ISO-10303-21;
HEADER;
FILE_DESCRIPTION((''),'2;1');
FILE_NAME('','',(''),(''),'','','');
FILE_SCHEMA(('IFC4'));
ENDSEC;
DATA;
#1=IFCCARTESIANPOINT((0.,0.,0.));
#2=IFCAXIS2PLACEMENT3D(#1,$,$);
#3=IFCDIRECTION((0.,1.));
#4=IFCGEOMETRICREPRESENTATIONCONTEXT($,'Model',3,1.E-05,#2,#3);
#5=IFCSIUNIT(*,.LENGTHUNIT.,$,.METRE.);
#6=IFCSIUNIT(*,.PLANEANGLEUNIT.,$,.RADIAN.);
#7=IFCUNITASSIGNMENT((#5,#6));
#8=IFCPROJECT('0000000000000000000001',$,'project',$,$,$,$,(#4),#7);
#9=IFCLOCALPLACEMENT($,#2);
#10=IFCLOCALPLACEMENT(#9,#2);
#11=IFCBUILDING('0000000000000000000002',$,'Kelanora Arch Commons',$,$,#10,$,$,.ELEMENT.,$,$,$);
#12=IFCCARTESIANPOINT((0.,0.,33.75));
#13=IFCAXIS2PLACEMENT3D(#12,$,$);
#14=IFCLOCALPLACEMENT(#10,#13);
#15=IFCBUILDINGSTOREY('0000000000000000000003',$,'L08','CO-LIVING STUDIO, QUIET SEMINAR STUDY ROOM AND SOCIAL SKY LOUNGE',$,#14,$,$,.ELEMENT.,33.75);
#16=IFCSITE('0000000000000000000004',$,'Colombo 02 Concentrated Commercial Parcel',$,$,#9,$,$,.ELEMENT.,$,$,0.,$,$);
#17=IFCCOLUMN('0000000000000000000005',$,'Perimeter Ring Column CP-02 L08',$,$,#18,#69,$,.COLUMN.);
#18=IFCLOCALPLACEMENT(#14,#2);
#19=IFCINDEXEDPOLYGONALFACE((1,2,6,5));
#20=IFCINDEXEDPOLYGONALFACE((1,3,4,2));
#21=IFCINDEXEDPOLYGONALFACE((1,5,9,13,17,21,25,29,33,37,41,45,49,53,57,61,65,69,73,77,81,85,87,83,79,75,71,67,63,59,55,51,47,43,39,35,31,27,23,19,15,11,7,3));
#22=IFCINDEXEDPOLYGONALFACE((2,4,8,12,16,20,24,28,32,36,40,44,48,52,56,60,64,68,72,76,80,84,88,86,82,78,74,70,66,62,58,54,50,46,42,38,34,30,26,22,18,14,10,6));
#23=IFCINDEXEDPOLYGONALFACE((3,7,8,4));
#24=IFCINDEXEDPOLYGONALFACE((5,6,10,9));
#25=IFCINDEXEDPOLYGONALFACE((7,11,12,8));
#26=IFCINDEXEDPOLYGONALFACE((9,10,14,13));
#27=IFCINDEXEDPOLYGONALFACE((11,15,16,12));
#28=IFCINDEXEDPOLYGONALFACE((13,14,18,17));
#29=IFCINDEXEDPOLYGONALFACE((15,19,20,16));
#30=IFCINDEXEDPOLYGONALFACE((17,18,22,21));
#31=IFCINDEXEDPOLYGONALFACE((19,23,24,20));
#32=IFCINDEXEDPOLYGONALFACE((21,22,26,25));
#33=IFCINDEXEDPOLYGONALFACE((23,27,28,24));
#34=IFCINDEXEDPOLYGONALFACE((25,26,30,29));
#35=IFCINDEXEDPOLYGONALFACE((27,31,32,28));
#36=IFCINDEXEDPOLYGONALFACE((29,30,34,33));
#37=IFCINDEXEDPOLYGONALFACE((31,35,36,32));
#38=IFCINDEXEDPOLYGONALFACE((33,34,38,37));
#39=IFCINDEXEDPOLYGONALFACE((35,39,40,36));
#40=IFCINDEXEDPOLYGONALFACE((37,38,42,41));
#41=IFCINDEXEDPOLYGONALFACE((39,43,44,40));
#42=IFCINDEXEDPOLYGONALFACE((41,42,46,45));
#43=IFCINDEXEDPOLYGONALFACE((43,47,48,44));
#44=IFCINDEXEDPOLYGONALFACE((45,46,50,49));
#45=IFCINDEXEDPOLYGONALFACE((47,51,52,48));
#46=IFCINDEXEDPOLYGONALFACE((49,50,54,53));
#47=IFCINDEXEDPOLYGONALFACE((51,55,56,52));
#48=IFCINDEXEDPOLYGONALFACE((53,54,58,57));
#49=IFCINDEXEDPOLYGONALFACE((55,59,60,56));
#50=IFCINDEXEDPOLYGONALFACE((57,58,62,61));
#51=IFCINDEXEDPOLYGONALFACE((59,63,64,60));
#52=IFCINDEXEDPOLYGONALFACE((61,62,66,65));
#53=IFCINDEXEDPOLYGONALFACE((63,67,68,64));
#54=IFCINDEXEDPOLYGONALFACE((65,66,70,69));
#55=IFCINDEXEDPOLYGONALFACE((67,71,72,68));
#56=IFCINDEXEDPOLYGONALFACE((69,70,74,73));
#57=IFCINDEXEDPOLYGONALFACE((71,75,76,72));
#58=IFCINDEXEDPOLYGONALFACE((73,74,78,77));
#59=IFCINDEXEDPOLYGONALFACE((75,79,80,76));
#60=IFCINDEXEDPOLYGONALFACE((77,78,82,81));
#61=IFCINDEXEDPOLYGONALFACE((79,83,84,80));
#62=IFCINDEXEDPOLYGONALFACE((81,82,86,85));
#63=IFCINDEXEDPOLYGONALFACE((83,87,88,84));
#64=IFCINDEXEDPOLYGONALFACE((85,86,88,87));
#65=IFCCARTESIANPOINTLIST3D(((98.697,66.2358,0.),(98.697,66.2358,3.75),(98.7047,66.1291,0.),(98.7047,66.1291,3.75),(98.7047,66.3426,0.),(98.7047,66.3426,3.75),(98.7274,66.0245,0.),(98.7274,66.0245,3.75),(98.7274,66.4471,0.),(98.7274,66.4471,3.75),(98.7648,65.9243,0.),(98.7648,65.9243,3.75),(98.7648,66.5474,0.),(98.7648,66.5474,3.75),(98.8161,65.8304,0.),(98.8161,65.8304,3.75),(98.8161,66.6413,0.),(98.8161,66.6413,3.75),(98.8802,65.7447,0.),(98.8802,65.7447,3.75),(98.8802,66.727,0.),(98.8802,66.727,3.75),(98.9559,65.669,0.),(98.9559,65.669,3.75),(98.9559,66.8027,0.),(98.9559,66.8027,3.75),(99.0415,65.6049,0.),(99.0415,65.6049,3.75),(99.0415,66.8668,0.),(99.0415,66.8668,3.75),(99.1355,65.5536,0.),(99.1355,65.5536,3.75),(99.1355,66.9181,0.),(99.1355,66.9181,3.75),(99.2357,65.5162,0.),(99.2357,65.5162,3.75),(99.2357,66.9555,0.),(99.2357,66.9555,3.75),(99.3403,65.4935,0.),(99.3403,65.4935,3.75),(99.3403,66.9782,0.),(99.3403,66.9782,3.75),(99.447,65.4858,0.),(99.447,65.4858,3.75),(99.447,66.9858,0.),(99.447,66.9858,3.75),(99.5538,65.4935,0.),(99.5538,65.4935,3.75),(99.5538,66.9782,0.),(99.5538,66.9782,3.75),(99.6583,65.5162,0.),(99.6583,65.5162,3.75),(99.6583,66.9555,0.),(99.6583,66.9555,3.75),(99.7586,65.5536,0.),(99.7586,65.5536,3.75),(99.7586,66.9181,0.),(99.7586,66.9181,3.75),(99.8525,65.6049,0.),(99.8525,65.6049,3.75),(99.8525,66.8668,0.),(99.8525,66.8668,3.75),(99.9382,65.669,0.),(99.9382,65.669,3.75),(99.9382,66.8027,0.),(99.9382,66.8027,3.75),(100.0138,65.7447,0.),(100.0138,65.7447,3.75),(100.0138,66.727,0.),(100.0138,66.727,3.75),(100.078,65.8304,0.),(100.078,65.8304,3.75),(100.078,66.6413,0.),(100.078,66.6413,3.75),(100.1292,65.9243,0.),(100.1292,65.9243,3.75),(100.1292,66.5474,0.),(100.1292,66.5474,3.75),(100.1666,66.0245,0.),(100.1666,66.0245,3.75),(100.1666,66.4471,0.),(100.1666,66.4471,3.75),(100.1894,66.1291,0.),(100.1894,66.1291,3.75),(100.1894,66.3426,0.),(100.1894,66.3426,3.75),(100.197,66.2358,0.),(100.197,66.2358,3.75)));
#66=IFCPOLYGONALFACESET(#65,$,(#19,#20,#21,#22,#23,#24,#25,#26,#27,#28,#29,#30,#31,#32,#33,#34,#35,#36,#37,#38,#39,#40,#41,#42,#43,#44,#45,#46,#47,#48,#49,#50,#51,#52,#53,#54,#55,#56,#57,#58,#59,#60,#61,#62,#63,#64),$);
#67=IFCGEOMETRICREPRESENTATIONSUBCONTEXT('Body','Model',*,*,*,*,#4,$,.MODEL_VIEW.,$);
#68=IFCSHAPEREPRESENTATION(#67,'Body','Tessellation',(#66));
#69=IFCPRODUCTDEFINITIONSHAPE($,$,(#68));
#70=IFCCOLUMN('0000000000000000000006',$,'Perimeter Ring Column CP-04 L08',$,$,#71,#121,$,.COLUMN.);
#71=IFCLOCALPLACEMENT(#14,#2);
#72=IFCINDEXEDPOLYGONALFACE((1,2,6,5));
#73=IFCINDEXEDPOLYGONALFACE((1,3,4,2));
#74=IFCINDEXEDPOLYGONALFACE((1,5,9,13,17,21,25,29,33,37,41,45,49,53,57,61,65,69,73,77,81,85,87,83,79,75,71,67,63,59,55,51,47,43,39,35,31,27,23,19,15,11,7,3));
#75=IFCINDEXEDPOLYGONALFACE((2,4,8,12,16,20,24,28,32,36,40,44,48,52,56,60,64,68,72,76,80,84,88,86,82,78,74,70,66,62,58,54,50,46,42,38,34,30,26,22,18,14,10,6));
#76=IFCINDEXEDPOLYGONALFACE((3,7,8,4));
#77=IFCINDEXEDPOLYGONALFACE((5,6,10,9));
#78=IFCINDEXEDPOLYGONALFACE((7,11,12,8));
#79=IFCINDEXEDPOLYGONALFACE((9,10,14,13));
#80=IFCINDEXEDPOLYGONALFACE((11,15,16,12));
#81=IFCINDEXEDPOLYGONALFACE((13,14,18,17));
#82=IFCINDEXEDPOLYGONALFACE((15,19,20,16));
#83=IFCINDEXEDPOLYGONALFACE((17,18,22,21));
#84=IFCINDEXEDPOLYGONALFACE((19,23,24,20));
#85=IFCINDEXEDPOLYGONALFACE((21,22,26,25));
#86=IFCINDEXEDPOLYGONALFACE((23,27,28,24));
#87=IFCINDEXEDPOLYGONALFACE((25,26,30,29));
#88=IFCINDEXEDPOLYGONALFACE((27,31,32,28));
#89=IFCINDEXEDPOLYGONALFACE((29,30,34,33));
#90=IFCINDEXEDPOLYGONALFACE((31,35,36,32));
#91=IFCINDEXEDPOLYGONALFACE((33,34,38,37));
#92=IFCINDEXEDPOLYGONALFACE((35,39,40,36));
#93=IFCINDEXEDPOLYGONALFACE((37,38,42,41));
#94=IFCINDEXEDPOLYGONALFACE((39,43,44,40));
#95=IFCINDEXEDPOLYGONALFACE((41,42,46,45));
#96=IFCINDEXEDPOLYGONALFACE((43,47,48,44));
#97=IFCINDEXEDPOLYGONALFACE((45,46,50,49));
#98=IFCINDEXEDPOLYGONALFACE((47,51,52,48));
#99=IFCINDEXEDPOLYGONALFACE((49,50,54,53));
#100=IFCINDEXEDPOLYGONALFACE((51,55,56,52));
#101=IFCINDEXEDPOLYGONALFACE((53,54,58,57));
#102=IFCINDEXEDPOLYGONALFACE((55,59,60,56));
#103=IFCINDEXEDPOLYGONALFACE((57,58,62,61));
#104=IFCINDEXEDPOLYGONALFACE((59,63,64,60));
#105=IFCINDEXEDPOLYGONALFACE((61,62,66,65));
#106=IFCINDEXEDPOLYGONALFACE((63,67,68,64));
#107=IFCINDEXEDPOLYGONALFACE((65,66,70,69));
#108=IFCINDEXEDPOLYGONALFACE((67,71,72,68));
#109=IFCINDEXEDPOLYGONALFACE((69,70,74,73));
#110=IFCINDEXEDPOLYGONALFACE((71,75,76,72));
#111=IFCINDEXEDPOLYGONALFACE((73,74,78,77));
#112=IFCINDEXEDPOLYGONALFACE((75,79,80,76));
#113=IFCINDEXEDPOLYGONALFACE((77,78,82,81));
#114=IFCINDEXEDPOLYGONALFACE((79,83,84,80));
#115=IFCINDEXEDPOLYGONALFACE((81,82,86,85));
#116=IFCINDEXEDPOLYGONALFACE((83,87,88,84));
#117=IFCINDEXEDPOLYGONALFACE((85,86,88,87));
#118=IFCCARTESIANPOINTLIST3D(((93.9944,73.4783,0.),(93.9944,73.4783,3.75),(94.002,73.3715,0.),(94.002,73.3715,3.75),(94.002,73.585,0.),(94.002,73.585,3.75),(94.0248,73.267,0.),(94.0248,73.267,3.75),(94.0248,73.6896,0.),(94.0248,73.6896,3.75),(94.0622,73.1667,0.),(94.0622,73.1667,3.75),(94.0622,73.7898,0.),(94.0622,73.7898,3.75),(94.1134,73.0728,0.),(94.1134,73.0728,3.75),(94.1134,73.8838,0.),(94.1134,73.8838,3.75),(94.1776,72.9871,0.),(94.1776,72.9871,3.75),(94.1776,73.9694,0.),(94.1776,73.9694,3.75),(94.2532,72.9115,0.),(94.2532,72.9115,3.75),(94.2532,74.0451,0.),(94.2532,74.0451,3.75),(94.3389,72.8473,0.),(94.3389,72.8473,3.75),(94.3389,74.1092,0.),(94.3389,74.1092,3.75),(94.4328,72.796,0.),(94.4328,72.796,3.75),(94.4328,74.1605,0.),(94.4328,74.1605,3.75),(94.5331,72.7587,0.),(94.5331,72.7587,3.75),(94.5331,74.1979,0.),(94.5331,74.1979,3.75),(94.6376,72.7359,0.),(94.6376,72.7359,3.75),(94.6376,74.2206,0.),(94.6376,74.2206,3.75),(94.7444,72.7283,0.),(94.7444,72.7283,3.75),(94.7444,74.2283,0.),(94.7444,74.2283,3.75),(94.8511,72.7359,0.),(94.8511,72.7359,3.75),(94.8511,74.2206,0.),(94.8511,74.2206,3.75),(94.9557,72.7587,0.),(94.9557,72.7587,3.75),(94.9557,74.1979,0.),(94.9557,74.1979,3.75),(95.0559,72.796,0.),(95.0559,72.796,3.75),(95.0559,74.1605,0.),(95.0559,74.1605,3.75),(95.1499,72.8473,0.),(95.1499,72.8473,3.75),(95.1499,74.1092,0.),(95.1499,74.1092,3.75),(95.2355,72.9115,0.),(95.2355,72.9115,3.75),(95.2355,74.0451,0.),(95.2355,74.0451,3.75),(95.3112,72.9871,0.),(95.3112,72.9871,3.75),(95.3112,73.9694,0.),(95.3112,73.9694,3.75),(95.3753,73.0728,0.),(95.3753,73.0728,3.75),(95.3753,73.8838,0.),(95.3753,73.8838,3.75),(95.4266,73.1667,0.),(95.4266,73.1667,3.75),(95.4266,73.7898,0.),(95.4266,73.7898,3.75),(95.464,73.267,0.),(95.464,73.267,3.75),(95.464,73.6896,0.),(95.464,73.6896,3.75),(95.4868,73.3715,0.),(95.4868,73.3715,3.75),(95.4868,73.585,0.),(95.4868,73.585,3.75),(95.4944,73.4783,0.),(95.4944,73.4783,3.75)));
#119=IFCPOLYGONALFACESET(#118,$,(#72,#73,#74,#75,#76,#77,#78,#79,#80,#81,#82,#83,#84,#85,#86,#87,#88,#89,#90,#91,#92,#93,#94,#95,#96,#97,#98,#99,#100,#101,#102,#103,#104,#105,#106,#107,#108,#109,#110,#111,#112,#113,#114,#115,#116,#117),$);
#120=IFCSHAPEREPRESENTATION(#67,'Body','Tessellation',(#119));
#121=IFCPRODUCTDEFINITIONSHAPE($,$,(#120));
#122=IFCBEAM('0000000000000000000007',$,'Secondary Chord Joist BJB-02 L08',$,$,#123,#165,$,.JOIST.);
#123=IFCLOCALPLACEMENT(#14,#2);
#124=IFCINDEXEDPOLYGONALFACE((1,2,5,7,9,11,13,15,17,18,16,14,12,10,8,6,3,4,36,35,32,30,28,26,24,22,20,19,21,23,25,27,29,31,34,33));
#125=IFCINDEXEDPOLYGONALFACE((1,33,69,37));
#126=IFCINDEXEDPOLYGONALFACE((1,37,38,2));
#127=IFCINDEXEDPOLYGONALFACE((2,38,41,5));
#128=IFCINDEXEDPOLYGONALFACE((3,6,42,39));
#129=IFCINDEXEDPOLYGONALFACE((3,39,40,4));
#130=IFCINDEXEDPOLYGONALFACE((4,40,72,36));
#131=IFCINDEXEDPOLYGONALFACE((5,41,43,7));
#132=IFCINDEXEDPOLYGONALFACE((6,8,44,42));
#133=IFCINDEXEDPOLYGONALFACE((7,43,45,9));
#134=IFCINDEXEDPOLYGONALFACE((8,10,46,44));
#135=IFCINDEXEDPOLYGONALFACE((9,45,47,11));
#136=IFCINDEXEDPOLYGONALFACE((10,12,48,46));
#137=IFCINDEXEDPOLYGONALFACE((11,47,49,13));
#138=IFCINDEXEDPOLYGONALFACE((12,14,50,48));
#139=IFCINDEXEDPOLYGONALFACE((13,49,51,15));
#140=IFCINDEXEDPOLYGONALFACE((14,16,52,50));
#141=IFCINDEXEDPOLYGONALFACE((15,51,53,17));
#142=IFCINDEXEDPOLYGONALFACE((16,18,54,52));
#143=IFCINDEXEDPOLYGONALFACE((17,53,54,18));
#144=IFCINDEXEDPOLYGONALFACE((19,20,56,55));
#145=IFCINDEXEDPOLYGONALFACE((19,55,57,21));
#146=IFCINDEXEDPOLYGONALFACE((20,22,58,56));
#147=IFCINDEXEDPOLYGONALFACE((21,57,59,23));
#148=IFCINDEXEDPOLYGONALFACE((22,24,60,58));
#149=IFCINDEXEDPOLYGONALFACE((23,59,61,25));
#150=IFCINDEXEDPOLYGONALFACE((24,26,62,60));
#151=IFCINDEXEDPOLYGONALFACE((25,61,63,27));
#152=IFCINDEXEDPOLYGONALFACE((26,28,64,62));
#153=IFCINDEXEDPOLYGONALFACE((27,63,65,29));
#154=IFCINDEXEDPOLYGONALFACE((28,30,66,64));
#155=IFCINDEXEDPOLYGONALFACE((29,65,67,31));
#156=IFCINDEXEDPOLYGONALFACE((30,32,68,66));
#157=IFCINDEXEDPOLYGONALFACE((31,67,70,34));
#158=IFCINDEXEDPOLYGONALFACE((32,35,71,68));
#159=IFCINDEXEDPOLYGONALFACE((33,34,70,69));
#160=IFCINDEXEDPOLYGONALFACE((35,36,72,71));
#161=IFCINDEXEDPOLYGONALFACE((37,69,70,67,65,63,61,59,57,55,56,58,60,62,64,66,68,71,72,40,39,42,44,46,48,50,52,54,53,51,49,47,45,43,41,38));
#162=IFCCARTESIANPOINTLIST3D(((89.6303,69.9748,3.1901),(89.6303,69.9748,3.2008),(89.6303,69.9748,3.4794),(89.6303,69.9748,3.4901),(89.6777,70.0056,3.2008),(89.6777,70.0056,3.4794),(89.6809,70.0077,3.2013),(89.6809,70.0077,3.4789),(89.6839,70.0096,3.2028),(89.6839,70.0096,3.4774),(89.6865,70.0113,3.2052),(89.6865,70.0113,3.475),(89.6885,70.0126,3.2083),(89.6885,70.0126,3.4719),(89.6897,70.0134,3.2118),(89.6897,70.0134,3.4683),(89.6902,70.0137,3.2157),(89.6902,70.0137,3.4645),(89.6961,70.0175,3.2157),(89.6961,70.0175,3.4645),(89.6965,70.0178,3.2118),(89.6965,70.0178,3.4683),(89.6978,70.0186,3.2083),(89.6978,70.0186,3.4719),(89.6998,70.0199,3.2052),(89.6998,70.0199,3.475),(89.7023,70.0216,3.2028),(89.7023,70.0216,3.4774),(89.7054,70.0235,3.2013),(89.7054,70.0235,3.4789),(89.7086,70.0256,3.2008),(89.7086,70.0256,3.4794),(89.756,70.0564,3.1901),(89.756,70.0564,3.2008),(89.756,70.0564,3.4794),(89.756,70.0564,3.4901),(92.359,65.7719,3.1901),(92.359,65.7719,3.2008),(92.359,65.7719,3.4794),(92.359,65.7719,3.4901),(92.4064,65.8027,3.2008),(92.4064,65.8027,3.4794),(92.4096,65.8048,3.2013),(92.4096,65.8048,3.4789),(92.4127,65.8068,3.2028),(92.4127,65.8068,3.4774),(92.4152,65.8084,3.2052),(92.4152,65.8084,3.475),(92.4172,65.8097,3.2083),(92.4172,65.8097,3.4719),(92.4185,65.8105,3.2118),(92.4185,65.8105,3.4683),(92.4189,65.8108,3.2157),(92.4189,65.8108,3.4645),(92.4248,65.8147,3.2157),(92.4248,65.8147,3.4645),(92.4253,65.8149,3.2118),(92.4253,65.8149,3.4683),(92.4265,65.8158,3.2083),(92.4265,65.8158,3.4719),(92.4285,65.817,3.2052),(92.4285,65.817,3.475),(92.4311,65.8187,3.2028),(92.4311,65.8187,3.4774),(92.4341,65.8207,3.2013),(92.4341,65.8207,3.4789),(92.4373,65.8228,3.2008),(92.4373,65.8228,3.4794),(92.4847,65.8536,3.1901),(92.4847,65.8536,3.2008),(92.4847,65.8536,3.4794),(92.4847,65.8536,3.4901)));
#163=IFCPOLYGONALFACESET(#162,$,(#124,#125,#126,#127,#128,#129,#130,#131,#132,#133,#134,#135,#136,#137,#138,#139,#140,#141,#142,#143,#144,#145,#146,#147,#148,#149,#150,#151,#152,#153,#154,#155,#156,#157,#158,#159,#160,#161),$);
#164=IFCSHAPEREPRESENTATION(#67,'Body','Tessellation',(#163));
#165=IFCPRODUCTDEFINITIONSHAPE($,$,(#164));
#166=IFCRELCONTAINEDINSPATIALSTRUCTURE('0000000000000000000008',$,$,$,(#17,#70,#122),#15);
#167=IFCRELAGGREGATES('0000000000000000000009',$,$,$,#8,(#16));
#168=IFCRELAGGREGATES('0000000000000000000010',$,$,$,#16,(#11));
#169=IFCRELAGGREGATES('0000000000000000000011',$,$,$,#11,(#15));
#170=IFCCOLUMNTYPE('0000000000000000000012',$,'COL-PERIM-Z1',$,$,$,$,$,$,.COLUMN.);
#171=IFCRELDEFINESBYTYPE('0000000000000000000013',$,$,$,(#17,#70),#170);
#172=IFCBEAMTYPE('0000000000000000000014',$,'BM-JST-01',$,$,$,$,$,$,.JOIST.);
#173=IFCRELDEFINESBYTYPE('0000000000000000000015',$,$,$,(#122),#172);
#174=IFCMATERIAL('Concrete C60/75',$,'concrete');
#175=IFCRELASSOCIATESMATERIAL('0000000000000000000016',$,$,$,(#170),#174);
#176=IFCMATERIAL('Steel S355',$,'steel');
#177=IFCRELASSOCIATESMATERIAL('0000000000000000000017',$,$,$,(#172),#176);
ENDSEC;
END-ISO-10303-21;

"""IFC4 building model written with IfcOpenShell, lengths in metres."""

from ifc_helpers import new_model, si_unit, direction, frame, origin, origin_2d, place, context, subcontext, project, spatial, circle, i_section, extrude, material, material_profile, profile_set, type_object, element, save


model = new_model("IFC4")

# Units and contexts
model_context = context("Model", 3, precision=1e-05, world=origin(), true_north=direction((0.0, 1.0)))
body_context = subcontext(model_context, "Body", "Model", "MODEL_VIEW")
ifc_project = project(units=[si_unit("LENGTHUNIT", "METRE"), si_unit("PLANEANGLEUNIT", "RADIAN")], contexts=[model_context])

# Site, building, storey
site_placement = place(None, origin())
site = spatial("IfcSite", under=ifc_project, at=site_placement, Name="Colombo 02 Concentrated Commercial Parcel", CompositionType="ELEMENT", RefElevation=0.0)
building_placement = place(site_placement, origin())
building = spatial("IfcBuilding", under=site, at=building_placement, Name="Kelanora Arch Commons", CompositionType="ELEMENT")
storey_placement = place(building_placement, frame((0.0, 0.0, 33.75)))
storey = spatial("IfcBuildingStorey", under=building, at=storey_placement, Name="L08", Description="CO-LIVING STUDIO, QUIET SEMINAR STUDY ROOM AND SOCIAL SKY LOUNGE", CompositionType="ELEMENT", Elevation=33.75)

# Columns
ifc_material_1 = material(Name="Concrete C60/75", Category="concrete")
ifc_material_profile_1 = material_profile(ifc_material_1, circle(Radius=0.75, at=origin_2d()), Name="RCC1500")
ifc_profile_set_1 = profile_set([ifc_material_profile_1], Name="Concrete C60/75")
column_type = type_object("IfcColumnType", Name="COL-PERIM-Z1", PredefinedType="COLUMN", material=ifc_profile_set_1)
for number, where, z_axis, x_axis, name in (
    (1, (99.447, 66.2358, 0.0), (0.0, 0.0, 1.0), (1.0, 0.0, 0.0), "Perimeter Ring Column CP-02 L08"),
    (2, (94.7444, 73.4783, 0.0), (0.0, 0.0, 1.0), (1.0, 0.0, 0.0), "Perimeter Ring Column CP-04 L08"),
):
    element("IfcColumn", number, at=place(storey_placement, frame(where, z_axis=z_axis, x_axis=x_axis)), inside=storey, type_object=column_type, Name=name, PredefinedType="COLUMN", context=body_context, shape_type="SweptSolid", body=[
        extrude(circle(Radius=0.75, at=origin_2d()), origin(), (0.0, 0.0, 1.0), 3.75),
    ])

# Beam
ifc_material_2 = material(Name="Steel S355", Category="steel")
ifc_material_profile_2 = material_profile(ifc_material_2, i_section(OverallWidth=0.1499, OverallDepth=0.3, WebThickness=0.0071, FlangeThickness=0.0107, FilletRadius=0.0149, at=origin_2d()), Name="IPE300")
ifc_profile_set_2 = profile_set([ifc_material_profile_2], Name="Steel S355")
beam_type_1 = type_object("IfcBeamType", Name="BM-JST-01", PredefinedType="JOIST", material=ifc_profile_set_2)
beam_1_placement = place(storey_placement, frame((92.4219, 65.8127, 3.3401), z_axis=(-0.544552, 0.838727, 0.0), x_axis=(-0.838727, -0.544552, 0.0)))
element("IfcBeam", 3, at=beam_1_placement, inside=storey, type_object=beam_type_1, Name="Secondary Chord Joist BJB-02 L08", PredefinedType="JOIST", context=body_context, shape_type="SweptSolid", body=[
    extrude(i_section(OverallWidth=0.1499, OverallDepth=0.3, WebThickness=0.0071, FlangeThickness=0.0107, FilletRadius=0.0149, at=origin_2d()), origin(), (0.0, 0.0, 1.0), 5.011),
])

save(model, "model.ifc")
